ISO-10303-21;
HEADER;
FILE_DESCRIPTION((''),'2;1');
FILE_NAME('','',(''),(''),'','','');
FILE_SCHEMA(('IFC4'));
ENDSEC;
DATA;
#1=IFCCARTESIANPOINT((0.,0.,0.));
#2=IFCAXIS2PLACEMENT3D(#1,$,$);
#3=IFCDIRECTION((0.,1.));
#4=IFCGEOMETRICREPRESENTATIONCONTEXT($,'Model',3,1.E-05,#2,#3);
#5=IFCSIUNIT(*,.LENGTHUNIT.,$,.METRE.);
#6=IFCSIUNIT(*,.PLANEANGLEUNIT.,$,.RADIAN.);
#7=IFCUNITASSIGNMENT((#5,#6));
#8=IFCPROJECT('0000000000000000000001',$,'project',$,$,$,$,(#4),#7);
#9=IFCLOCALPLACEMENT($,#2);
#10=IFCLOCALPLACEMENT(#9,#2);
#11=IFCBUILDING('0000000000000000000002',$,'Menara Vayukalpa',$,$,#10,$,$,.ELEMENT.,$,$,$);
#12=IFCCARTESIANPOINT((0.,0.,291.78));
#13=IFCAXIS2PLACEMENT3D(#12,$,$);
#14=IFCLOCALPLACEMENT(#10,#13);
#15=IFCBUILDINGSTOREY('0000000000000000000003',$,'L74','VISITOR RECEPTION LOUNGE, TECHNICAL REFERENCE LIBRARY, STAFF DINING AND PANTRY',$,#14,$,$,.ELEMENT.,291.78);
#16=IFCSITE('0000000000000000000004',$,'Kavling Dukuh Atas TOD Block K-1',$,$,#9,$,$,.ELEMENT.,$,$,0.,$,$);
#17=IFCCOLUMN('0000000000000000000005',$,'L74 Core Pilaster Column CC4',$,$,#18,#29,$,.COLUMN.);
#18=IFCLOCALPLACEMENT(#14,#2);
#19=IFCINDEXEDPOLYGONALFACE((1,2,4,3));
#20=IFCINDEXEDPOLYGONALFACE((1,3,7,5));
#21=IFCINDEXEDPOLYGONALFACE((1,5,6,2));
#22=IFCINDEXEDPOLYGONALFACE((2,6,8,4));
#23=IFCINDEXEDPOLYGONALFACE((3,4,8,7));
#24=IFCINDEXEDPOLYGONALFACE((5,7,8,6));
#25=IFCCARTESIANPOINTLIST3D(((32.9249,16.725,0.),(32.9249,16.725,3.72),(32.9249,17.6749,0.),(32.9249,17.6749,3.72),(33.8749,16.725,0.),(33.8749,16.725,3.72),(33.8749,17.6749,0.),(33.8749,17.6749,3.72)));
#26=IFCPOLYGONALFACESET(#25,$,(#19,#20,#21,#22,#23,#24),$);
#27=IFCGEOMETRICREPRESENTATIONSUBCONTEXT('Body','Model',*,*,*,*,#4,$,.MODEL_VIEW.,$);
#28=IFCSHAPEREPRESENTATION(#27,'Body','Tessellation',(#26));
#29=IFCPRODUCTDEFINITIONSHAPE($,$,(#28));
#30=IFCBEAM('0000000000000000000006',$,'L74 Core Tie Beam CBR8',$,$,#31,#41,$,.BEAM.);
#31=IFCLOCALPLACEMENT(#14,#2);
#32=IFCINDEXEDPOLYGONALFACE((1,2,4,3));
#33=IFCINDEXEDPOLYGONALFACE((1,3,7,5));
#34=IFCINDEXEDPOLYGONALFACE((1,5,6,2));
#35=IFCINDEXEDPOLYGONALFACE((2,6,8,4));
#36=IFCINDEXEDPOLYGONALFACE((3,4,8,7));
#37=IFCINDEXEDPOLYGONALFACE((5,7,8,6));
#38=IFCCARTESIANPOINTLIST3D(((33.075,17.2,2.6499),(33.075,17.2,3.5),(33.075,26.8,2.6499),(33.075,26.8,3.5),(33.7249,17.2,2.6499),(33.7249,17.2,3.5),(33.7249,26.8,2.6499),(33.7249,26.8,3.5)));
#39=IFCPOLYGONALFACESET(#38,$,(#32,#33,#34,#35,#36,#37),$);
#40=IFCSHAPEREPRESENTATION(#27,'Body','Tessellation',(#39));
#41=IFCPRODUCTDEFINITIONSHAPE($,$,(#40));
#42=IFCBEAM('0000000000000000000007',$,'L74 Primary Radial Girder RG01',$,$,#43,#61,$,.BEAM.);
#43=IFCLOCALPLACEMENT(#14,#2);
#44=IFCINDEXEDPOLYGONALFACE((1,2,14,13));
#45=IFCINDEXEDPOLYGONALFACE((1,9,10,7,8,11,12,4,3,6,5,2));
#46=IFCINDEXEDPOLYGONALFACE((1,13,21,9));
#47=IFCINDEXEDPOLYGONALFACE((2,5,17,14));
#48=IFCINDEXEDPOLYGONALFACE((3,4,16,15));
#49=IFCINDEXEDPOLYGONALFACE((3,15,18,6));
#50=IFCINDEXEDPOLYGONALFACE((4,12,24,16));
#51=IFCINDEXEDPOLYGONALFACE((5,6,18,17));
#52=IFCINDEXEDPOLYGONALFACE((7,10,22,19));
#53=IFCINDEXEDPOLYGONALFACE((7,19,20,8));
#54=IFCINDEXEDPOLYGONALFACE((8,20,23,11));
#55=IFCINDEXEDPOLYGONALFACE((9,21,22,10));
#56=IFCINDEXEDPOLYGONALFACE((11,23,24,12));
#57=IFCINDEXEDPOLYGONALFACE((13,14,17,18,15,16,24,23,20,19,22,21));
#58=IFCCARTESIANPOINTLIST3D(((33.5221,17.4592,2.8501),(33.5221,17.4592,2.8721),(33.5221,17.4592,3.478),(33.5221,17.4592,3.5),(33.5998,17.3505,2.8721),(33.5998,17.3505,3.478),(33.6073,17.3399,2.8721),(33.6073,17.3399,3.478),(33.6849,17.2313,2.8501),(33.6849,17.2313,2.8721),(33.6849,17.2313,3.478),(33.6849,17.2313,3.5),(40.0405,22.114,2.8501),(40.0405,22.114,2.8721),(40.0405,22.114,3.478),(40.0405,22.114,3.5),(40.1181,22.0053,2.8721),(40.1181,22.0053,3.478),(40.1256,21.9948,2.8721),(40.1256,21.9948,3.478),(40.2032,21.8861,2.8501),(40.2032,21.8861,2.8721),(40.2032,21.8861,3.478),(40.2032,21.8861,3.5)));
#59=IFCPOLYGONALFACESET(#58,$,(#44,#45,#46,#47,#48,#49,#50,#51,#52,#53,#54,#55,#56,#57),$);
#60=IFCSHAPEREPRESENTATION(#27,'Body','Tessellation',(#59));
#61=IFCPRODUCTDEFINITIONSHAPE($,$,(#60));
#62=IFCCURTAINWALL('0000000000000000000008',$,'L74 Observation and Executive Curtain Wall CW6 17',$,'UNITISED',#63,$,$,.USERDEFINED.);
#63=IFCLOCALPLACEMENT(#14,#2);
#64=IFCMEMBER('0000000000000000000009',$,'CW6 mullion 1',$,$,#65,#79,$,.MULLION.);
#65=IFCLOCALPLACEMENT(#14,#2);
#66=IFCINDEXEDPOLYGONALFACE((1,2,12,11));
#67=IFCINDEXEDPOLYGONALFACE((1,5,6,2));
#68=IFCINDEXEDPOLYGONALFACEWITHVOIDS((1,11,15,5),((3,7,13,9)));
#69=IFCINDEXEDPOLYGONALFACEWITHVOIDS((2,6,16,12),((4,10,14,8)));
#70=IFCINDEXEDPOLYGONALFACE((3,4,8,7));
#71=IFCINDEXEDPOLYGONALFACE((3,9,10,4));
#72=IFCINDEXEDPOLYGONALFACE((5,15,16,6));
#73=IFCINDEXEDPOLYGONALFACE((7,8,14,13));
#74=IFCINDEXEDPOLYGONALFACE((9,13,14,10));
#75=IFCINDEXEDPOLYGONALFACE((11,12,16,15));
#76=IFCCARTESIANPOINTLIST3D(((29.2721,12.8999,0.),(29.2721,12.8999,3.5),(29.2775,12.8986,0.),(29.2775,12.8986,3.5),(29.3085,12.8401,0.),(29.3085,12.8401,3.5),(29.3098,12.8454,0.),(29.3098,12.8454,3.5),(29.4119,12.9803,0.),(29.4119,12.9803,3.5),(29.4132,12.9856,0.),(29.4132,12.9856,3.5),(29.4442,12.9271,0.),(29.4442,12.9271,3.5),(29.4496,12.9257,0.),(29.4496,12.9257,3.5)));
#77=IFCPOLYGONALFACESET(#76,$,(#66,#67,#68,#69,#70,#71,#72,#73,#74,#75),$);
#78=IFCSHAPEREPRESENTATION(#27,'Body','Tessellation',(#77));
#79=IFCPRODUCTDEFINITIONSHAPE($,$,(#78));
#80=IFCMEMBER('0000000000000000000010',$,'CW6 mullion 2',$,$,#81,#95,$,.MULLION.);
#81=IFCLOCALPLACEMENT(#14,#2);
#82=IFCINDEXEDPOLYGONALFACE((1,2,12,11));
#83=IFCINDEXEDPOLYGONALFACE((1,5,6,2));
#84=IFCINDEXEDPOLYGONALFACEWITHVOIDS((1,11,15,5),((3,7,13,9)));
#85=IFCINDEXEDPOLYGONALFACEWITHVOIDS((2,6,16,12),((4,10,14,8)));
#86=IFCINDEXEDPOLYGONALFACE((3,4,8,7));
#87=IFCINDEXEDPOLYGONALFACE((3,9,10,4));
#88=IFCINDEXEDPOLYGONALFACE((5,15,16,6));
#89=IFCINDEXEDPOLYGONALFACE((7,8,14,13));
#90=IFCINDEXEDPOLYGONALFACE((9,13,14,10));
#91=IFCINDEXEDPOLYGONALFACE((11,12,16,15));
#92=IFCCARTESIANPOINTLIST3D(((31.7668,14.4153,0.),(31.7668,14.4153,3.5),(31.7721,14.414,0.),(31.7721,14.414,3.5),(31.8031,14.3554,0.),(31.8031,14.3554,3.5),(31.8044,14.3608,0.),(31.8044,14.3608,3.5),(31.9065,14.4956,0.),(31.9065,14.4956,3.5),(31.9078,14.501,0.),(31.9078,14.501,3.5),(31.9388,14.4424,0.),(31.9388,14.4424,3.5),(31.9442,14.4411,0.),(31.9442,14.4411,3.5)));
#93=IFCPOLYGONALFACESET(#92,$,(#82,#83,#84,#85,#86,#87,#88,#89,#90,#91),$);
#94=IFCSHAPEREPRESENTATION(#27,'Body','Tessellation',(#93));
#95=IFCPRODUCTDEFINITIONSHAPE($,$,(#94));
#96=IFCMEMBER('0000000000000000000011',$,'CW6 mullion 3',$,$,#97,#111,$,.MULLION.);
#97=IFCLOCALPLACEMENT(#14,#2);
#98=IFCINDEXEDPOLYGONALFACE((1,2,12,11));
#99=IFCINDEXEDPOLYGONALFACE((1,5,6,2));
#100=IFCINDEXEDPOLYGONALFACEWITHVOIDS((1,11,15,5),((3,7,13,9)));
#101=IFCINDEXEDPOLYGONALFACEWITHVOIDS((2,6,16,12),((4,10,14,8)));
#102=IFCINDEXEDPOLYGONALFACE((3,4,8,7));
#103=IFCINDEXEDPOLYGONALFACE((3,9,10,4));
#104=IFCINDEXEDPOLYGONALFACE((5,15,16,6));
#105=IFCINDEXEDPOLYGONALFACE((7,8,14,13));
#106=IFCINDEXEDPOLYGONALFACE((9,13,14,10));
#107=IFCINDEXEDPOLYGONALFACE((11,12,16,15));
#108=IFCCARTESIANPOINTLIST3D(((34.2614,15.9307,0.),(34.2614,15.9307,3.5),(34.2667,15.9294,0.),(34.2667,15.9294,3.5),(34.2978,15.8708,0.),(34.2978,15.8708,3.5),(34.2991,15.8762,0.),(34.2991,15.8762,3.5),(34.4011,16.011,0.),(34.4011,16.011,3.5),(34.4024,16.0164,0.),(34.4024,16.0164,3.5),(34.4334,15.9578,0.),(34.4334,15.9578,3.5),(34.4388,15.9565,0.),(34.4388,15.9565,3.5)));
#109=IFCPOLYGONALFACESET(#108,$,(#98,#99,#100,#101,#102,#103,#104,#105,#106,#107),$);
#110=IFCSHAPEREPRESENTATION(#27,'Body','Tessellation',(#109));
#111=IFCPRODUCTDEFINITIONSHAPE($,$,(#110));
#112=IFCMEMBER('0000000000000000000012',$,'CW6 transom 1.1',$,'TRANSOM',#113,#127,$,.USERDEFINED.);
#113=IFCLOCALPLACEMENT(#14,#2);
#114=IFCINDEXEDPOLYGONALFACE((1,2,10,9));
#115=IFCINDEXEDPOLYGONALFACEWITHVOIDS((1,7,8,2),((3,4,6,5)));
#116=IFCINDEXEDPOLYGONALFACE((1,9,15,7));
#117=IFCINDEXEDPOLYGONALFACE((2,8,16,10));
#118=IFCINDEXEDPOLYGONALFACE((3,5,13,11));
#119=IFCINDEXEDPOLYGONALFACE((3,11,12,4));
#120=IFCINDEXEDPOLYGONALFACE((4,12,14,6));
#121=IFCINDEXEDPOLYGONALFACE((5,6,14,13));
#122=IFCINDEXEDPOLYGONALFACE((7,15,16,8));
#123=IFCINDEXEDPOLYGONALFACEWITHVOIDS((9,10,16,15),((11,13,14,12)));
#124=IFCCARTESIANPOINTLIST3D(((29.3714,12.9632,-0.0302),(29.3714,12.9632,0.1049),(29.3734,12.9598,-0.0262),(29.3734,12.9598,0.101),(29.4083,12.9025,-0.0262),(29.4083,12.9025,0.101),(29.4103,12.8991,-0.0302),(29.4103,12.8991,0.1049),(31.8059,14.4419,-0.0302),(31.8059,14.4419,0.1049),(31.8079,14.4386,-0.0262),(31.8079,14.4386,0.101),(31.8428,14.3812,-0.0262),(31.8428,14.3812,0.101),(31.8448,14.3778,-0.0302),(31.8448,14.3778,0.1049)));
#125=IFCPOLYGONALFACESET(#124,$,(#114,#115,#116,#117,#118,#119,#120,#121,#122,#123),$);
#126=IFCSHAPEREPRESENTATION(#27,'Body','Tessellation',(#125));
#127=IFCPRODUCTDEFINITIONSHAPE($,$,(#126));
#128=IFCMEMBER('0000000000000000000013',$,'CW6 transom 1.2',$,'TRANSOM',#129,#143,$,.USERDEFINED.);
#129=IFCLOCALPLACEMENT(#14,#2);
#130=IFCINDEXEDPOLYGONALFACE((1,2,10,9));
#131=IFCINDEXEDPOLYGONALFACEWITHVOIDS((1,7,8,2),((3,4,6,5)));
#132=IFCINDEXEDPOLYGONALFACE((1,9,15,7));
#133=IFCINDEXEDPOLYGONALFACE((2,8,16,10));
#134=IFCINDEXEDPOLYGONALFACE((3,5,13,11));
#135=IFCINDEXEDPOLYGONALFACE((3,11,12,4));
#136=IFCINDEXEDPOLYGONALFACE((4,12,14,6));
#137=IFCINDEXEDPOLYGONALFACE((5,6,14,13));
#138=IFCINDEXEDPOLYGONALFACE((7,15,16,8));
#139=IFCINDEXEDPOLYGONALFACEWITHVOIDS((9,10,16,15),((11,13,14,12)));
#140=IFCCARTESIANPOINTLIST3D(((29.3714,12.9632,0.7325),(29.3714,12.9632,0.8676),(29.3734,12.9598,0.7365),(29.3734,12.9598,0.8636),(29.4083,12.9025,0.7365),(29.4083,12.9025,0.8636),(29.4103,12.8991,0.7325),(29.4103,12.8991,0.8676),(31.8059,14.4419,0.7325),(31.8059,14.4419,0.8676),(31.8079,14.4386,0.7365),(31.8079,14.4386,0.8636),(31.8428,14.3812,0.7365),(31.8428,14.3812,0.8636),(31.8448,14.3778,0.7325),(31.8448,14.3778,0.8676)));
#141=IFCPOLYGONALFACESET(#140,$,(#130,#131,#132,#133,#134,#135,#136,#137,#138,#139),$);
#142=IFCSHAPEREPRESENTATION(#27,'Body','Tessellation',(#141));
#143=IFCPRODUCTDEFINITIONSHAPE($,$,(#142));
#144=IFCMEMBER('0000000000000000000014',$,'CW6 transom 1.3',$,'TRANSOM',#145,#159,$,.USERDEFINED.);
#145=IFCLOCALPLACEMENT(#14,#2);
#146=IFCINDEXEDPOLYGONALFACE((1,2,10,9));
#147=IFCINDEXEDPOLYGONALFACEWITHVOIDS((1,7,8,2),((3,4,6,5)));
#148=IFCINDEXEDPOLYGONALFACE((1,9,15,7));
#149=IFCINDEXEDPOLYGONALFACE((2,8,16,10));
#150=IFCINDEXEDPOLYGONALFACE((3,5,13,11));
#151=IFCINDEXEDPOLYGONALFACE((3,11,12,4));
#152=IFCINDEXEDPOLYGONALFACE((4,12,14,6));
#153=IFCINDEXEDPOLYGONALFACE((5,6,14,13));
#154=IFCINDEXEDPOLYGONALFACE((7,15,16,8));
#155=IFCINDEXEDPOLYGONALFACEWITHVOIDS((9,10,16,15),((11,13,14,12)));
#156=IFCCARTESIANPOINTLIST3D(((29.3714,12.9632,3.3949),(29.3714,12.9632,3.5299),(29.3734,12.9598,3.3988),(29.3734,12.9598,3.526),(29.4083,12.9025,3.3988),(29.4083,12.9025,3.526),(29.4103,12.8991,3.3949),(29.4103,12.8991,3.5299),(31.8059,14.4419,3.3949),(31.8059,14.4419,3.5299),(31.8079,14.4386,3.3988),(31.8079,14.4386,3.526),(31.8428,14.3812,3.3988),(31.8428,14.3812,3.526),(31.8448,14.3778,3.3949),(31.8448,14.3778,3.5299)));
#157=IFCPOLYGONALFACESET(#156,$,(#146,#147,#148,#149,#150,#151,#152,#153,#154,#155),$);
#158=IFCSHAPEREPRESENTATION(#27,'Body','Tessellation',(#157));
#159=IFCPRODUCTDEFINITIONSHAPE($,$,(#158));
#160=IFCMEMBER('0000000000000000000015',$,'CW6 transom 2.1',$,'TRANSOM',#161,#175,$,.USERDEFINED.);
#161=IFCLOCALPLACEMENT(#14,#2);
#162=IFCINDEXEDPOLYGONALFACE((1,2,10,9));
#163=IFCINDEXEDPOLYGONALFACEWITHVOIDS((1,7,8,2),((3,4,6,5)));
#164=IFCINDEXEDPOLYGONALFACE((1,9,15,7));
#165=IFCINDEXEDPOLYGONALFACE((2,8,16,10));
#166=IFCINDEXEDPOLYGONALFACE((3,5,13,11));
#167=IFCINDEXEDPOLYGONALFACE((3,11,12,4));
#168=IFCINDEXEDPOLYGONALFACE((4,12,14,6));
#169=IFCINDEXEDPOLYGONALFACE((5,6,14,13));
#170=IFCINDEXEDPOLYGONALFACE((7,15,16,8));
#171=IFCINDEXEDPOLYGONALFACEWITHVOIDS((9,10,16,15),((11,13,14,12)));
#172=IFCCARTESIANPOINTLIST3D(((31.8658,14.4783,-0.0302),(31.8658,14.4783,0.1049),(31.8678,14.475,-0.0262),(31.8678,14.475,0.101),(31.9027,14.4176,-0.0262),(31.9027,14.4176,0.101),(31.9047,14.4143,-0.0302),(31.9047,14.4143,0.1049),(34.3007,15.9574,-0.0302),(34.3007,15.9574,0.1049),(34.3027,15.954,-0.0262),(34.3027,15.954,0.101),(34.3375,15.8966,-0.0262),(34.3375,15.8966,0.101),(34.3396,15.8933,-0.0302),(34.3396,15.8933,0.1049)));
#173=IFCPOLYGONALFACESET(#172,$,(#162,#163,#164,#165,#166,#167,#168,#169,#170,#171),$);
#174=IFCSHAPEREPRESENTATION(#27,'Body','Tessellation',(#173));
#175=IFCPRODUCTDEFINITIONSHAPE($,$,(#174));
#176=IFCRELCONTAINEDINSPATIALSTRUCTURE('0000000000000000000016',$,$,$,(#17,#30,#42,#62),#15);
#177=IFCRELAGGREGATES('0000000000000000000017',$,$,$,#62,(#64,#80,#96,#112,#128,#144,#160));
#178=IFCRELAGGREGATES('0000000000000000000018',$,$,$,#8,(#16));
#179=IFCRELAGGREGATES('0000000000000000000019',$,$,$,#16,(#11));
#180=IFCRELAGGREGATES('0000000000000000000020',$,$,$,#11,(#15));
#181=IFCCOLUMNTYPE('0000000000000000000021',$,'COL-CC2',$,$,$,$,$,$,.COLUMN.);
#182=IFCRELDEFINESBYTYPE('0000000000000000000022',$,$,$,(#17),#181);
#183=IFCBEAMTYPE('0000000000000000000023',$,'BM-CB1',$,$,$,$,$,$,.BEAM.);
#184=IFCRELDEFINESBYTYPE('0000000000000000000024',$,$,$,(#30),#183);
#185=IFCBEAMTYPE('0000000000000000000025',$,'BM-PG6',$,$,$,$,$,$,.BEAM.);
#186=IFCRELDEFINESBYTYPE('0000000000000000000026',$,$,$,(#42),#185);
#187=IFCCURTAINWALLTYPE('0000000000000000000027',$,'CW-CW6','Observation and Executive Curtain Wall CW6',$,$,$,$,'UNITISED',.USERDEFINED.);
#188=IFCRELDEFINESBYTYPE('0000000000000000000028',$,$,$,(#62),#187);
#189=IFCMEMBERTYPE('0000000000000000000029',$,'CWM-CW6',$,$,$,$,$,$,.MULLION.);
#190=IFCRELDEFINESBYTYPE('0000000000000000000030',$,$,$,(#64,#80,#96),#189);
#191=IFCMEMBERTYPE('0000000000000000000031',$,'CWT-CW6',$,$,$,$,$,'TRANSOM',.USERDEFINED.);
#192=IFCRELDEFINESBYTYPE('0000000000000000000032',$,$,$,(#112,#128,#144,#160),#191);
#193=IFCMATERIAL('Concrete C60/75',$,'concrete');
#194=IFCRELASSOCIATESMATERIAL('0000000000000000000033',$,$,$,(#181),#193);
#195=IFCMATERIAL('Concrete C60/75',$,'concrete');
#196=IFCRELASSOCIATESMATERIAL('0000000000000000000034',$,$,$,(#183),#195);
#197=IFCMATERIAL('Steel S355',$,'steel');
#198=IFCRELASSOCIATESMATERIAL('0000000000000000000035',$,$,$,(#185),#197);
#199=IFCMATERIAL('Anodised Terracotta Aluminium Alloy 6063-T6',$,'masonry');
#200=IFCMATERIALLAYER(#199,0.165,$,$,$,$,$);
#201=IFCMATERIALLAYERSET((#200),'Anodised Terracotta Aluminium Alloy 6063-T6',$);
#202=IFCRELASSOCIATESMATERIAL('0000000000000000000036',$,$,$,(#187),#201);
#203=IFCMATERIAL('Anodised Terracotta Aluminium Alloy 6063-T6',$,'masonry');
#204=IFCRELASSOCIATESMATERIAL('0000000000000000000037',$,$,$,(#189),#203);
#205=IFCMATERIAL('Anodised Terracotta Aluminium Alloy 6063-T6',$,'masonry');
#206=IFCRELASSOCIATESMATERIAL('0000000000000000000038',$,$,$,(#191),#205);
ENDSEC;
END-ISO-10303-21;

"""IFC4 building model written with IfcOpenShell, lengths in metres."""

from ifc_helpers import new_model, si_unit, direction, frame, origin, origin_2d, place, context, subcontext, project, spatial, rectangle, hollow_rectangle, i_section, extrude, material, layer, layer_set, material_profile, profile_set, type_object, element, aggregate, save


model = new_model("IFC4")

# Units and contexts
model_context = context("Model", 3, precision=1e-05, world=origin(), true_north=direction((0.0, 1.0)))
body_context = subcontext(model_context, "Body", "Model", "MODEL_VIEW")
ifc_project = project(units=[si_unit("LENGTHUNIT", "METRE"), si_unit("PLANEANGLEUNIT", "RADIAN")], contexts=[model_context])

# Site, building, storey
site_placement = place(None, origin())
site = spatial("IfcSite", under=ifc_project, at=site_placement, Name="Kavling Dukuh Atas TOD Block K-1", CompositionType="ELEMENT", RefElevation=0.0)
building_placement = place(site_placement, origin())
building = spatial("IfcBuilding", under=site, at=building_placement, Name="Menara Vayukalpa", CompositionType="ELEMENT")
storey_placement = place(building_placement, frame((0.0, 0.0, 291.78)))
storey = spatial("IfcBuildingStorey", under=building, at=storey_placement, Name="L74", Description="VISITOR RECEPTION LOUNGE, TECHNICAL REFERENCE LIBRARY, STAFF DINING AND PANTRY", CompositionType="ELEMENT", Elevation=291.78)

# Column
ifc_material_1 = material(Name="Concrete C60/75", Category="concrete")
ifc_material_profile_1 = material_profile(ifc_material_1, rectangle(XDim=0.95, YDim=0.95, at=origin_2d()), Name="RC 950x950")
ifc_profile_set_1 = profile_set([ifc_material_profile_1], Name="Concrete C60/75")
column_type = type_object("IfcColumnType", Name="COL-CC2", PredefinedType="COLUMN", material=ifc_profile_set_1)
column_placement = place(storey_placement, frame((33.3999, 17.2, 0.0), z_axis=(0.0, 0.0, 1.0), x_axis=(1.0, 0.0, 0.0)))
element("IfcColumn", 1, at=column_placement, inside=storey, type_object=column_type, Name="L74 Core Pilaster Column CC4", PredefinedType="COLUMN", context=body_context, shape_type="SweptSolid", body=[
    extrude(rectangle(XDim=0.95, YDim=0.95, at=origin_2d()), origin(), (0.0, 0.0, 1.0), 3.72),
])

# Beams
ifc_material_2 = material(Name="Concrete C60/75", Category="concrete")
ifc_material_profile_2 = material_profile(ifc_material_2, rectangle(XDim=0.6499, YDim=0.8501, at=origin_2d()), Name="RC 650x850")
ifc_profile_set_2 = profile_set([ifc_material_profile_2], Name="Concrete C60/75")
beam_type_1 = type_object("IfcBeamType", Name="BM-CB1", PredefinedType="BEAM", material=ifc_profile_set_2)
beam_1_placement = place(storey_placement, frame((33.3999, 17.2, 3.075), z_axis=(0.0, 1.0, 0.0), x_axis=(-1.0, 0.0, 0.0)))
element("IfcBeam", 2, at=beam_1_placement, inside=storey, type_object=beam_type_1, Name="L74 Core Tie Beam CBR8", PredefinedType="BEAM", context=body_context, shape_type="SweptSolid", body=[
    extrude(rectangle(XDim=0.6499, YDim=0.8501, at=origin_2d()), origin(), (0.0, 0.0, 1.0), 9.6001),
])
ifc_material_3 = material(Name="Steel S355", Category="steel")
ifc_material_profile_3 = material_profile(ifc_material_3, i_section(OverallWidth=0.28, OverallDepth=0.6499, WebThickness=0.0129, FlangeThickness=0.022, at=origin_2d()), Name="WF 650x280x13x22")
ifc_profile_set_3 = profile_set([ifc_material_profile_3], Name="Steel S355")
beam_type_2 = type_object("IfcBeamType", Name="BM-PG6", PredefinedType="BEAM", material=ifc_profile_set_3)
beam_2_placement = place(storey_placement, frame((33.6035, 17.3452, 3.175), z_axis=(0.813801, 0.581143, 0.0), x_axis=(-0.581143, 0.813801, 0.0)))
element("IfcBeam", 3, at=beam_2_placement, inside=storey, type_object=beam_type_2, Name="L74 Primary Radial Girder RG01", PredefinedType="BEAM", context=body_context, shape_type="SweptSolid", body=[
    extrude(i_section(OverallWidth=0.28, OverallDepth=0.6499, WebThickness=0.0129, FlangeThickness=0.022, at=origin_2d()), origin(), (0.0, 0.0, 1.0), 8.0098),
])

# Curtain wall, members
ifc_material_4 = material(Name="Anodised Terracotta Aluminium Alloy 6063-T6", Category="masonry")
ifc_layer_1 = layer(ifc_material_4, 0.165)
ifc_layer_set_1 = layer_set([ifc_layer_1], Name="Anodised Terracotta Aluminium Alloy 6063-T6")
curtain_wall_type = type_object("IfcCurtainWallType", Name="CW-CW6", Description="Observation and Executive Curtain Wall CW6", ElementType="UNITISED", PredefinedType="USERDEFINED", material=ifc_layer_set_1)
curtain_wall_placement = place(storey_placement, origin())
curtain_wall = element("IfcCurtainWall", 4, at=curtain_wall_placement, inside=storey, type_object=curtain_wall_type, Name="L74 Observation and Executive Curtain Wall CW6 17", ObjectType="UNITISED", PredefinedType="USERDEFINED")
ifc_material_5 = material(Name="Anodised Terracotta Aluminium Alloy 6063-T6", Category="masonry")
ifc_material_profile_4 = material_profile(ifc_material_5, hollow_rectangle(XDim=0.0701, YDim=0.165, WallThickness=0.0039, at=origin_2d()), Name="ALU 70x165x4")
ifc_profile_set_4 = profile_set([ifc_material_profile_4], Name="Anodised Terracotta Aluminium Alloy 6063-T6")
member_type_1 = type_object("IfcMemberType", Name="CWM-CW6", PredefinedType="MULLION", material=ifc_profile_set_4)
member_1_placement = place(storey_placement, frame((29.3608, 12.9128, 0.0), z_axis=(0.0, 0.0, 1.0), x_axis=(-0.519176, 0.854668, 0.0)))
member_1 = element("IfcMember", 5, at=member_1_placement, type_object=member_type_1, Name="CW6 mullion 1", PredefinedType="MULLION", context=body_context, shape_type="SweptSolid", body=[
    extrude(hollow_rectangle(XDim=0.0701, YDim=0.165, WallThickness=0.0039, at=origin_2d()), origin(), (0.0, 0.0, 1.0), 3.5),
])
member_2_placement = place(storey_placement, frame((31.8555, 14.4282, 0.0), z_axis=(0.0, 0.0, 1.0), x_axis=(-0.519176, 0.854668, 0.0)))
member_2 = element("IfcMember", 6, at=member_2_placement, type_object=member_type_1, Name="CW6 mullion 2", PredefinedType="MULLION", context=body_context, shape_type="SweptSolid", body=[
    extrude(hollow_rectangle(XDim=0.0701, YDim=0.165, WallThickness=0.0039, at=origin_2d()), origin(), (0.0, 0.0, 1.0), 3.5),
])
member_3_placement = place(storey_placement, frame((34.3501, 15.9436, 0.0), z_axis=(0.0, 0.0, 1.0), x_axis=(-0.519176, 0.854668, 0.0)))
member_3 = element("IfcMember", 7, at=member_3_placement, type_object=member_type_1, Name="CW6 mullion 3", PredefinedType="MULLION", context=body_context, shape_type="SweptSolid", body=[
    extrude(hollow_rectangle(XDim=0.0701, YDim=0.165, WallThickness=0.0039, at=origin_2d()), origin(), (0.0, 0.0, 1.0), 3.5),
])
ifc_material_6 = material(Name="Anodised Terracotta Aluminium Alloy 6063-T6", Category="masonry")
ifc_material_profile_5 = material_profile(ifc_material_6, hollow_rectangle(XDim=0.075, YDim=0.135, WallThickness=0.0039, at=origin_2d()), Name="ALU 75x135x4")
ifc_profile_set_5 = profile_set([ifc_material_profile_5], Name="Anodised Terracotta Aluminium Alloy 6063-T6")
member_type_2 = type_object("IfcMemberType", Name="CWT-CW6", ElementType="TRANSOM", PredefinedType="USERDEFINED", material=ifc_profile_set_5)
member_4_placement = place(storey_placement, frame((29.3909, 12.9312, 0.0374), z_axis=(0.85469, 0.519139, 0.0), x_axis=(-0.519139, 0.85469, 0.0)))
member_4 = element("IfcMember", 8, at=member_4_placement, type_object=member_type_2, Name="CW6 transom 1.1", ObjectType="TRANSOM", PredefinedType="USERDEFINED", context=body_context, shape_type="SweptSolid", body=[
    extrude(hollow_rectangle(XDim=0.075, YDim=0.135, WallThickness=0.0039, at=origin_2d()), origin(), (0.0, 0.0, 1.0), 2.8484),
])
member_5_placement = place(storey_placement, frame((29.3909, 12.9312, 0.8), z_axis=(0.85469, 0.519139, 0.0), x_axis=(-0.519139, 0.85469, 0.0)))
member_5 = element("IfcMember", 9, at=member_5_placement, type_object=member_type_2, Name="CW6 transom 1.2", ObjectType="TRANSOM", PredefinedType="USERDEFINED", context=body_context, shape_type="SweptSolid", body=[
    extrude(hollow_rectangle(XDim=0.075, YDim=0.135, WallThickness=0.0039, at=origin_2d()), origin(), (0.0, 0.0, 1.0), 2.8484),
])
member_6_placement = place(storey_placement, frame((29.3909, 12.9312, 3.4624), z_axis=(0.85469, 0.519139, 0.0), x_axis=(-0.519139, 0.85469, 0.0)))
member_6 = element("IfcMember", 10, at=member_6_placement, type_object=member_type_2, Name="CW6 transom 1.3", ObjectType="TRANSOM", PredefinedType="USERDEFINED", context=body_context, shape_type="SweptSolid", body=[
    extrude(hollow_rectangle(XDim=0.075, YDim=0.135, WallThickness=0.0039, at=origin_2d()), origin(), (0.0, 0.0, 1.0), 2.8484),
])
member_7_placement = place(storey_placement, frame((31.8853, 14.4463, 0.0374), z_axis=(0.854675, 0.519164, 0.0), x_axis=(-0.519164, 0.854675, 0.0)))
member_7 = element("IfcMember", 11, at=member_7_placement, type_object=member_type_2, Name="CW6 transom 2.1", ObjectType="TRANSOM", PredefinedType="USERDEFINED", context=body_context, shape_type="SweptSolid", body=[
    extrude(hollow_rectangle(XDim=0.075, YDim=0.135, WallThickness=0.0039, at=origin_2d()), origin(), (0.0, 0.0, 1.0), 2.8489),
])
aggregate(curtain_wall, [member_1, member_2, member_3, member_4, member_5, member_6, member_7])

save(model, "model.ifc")
